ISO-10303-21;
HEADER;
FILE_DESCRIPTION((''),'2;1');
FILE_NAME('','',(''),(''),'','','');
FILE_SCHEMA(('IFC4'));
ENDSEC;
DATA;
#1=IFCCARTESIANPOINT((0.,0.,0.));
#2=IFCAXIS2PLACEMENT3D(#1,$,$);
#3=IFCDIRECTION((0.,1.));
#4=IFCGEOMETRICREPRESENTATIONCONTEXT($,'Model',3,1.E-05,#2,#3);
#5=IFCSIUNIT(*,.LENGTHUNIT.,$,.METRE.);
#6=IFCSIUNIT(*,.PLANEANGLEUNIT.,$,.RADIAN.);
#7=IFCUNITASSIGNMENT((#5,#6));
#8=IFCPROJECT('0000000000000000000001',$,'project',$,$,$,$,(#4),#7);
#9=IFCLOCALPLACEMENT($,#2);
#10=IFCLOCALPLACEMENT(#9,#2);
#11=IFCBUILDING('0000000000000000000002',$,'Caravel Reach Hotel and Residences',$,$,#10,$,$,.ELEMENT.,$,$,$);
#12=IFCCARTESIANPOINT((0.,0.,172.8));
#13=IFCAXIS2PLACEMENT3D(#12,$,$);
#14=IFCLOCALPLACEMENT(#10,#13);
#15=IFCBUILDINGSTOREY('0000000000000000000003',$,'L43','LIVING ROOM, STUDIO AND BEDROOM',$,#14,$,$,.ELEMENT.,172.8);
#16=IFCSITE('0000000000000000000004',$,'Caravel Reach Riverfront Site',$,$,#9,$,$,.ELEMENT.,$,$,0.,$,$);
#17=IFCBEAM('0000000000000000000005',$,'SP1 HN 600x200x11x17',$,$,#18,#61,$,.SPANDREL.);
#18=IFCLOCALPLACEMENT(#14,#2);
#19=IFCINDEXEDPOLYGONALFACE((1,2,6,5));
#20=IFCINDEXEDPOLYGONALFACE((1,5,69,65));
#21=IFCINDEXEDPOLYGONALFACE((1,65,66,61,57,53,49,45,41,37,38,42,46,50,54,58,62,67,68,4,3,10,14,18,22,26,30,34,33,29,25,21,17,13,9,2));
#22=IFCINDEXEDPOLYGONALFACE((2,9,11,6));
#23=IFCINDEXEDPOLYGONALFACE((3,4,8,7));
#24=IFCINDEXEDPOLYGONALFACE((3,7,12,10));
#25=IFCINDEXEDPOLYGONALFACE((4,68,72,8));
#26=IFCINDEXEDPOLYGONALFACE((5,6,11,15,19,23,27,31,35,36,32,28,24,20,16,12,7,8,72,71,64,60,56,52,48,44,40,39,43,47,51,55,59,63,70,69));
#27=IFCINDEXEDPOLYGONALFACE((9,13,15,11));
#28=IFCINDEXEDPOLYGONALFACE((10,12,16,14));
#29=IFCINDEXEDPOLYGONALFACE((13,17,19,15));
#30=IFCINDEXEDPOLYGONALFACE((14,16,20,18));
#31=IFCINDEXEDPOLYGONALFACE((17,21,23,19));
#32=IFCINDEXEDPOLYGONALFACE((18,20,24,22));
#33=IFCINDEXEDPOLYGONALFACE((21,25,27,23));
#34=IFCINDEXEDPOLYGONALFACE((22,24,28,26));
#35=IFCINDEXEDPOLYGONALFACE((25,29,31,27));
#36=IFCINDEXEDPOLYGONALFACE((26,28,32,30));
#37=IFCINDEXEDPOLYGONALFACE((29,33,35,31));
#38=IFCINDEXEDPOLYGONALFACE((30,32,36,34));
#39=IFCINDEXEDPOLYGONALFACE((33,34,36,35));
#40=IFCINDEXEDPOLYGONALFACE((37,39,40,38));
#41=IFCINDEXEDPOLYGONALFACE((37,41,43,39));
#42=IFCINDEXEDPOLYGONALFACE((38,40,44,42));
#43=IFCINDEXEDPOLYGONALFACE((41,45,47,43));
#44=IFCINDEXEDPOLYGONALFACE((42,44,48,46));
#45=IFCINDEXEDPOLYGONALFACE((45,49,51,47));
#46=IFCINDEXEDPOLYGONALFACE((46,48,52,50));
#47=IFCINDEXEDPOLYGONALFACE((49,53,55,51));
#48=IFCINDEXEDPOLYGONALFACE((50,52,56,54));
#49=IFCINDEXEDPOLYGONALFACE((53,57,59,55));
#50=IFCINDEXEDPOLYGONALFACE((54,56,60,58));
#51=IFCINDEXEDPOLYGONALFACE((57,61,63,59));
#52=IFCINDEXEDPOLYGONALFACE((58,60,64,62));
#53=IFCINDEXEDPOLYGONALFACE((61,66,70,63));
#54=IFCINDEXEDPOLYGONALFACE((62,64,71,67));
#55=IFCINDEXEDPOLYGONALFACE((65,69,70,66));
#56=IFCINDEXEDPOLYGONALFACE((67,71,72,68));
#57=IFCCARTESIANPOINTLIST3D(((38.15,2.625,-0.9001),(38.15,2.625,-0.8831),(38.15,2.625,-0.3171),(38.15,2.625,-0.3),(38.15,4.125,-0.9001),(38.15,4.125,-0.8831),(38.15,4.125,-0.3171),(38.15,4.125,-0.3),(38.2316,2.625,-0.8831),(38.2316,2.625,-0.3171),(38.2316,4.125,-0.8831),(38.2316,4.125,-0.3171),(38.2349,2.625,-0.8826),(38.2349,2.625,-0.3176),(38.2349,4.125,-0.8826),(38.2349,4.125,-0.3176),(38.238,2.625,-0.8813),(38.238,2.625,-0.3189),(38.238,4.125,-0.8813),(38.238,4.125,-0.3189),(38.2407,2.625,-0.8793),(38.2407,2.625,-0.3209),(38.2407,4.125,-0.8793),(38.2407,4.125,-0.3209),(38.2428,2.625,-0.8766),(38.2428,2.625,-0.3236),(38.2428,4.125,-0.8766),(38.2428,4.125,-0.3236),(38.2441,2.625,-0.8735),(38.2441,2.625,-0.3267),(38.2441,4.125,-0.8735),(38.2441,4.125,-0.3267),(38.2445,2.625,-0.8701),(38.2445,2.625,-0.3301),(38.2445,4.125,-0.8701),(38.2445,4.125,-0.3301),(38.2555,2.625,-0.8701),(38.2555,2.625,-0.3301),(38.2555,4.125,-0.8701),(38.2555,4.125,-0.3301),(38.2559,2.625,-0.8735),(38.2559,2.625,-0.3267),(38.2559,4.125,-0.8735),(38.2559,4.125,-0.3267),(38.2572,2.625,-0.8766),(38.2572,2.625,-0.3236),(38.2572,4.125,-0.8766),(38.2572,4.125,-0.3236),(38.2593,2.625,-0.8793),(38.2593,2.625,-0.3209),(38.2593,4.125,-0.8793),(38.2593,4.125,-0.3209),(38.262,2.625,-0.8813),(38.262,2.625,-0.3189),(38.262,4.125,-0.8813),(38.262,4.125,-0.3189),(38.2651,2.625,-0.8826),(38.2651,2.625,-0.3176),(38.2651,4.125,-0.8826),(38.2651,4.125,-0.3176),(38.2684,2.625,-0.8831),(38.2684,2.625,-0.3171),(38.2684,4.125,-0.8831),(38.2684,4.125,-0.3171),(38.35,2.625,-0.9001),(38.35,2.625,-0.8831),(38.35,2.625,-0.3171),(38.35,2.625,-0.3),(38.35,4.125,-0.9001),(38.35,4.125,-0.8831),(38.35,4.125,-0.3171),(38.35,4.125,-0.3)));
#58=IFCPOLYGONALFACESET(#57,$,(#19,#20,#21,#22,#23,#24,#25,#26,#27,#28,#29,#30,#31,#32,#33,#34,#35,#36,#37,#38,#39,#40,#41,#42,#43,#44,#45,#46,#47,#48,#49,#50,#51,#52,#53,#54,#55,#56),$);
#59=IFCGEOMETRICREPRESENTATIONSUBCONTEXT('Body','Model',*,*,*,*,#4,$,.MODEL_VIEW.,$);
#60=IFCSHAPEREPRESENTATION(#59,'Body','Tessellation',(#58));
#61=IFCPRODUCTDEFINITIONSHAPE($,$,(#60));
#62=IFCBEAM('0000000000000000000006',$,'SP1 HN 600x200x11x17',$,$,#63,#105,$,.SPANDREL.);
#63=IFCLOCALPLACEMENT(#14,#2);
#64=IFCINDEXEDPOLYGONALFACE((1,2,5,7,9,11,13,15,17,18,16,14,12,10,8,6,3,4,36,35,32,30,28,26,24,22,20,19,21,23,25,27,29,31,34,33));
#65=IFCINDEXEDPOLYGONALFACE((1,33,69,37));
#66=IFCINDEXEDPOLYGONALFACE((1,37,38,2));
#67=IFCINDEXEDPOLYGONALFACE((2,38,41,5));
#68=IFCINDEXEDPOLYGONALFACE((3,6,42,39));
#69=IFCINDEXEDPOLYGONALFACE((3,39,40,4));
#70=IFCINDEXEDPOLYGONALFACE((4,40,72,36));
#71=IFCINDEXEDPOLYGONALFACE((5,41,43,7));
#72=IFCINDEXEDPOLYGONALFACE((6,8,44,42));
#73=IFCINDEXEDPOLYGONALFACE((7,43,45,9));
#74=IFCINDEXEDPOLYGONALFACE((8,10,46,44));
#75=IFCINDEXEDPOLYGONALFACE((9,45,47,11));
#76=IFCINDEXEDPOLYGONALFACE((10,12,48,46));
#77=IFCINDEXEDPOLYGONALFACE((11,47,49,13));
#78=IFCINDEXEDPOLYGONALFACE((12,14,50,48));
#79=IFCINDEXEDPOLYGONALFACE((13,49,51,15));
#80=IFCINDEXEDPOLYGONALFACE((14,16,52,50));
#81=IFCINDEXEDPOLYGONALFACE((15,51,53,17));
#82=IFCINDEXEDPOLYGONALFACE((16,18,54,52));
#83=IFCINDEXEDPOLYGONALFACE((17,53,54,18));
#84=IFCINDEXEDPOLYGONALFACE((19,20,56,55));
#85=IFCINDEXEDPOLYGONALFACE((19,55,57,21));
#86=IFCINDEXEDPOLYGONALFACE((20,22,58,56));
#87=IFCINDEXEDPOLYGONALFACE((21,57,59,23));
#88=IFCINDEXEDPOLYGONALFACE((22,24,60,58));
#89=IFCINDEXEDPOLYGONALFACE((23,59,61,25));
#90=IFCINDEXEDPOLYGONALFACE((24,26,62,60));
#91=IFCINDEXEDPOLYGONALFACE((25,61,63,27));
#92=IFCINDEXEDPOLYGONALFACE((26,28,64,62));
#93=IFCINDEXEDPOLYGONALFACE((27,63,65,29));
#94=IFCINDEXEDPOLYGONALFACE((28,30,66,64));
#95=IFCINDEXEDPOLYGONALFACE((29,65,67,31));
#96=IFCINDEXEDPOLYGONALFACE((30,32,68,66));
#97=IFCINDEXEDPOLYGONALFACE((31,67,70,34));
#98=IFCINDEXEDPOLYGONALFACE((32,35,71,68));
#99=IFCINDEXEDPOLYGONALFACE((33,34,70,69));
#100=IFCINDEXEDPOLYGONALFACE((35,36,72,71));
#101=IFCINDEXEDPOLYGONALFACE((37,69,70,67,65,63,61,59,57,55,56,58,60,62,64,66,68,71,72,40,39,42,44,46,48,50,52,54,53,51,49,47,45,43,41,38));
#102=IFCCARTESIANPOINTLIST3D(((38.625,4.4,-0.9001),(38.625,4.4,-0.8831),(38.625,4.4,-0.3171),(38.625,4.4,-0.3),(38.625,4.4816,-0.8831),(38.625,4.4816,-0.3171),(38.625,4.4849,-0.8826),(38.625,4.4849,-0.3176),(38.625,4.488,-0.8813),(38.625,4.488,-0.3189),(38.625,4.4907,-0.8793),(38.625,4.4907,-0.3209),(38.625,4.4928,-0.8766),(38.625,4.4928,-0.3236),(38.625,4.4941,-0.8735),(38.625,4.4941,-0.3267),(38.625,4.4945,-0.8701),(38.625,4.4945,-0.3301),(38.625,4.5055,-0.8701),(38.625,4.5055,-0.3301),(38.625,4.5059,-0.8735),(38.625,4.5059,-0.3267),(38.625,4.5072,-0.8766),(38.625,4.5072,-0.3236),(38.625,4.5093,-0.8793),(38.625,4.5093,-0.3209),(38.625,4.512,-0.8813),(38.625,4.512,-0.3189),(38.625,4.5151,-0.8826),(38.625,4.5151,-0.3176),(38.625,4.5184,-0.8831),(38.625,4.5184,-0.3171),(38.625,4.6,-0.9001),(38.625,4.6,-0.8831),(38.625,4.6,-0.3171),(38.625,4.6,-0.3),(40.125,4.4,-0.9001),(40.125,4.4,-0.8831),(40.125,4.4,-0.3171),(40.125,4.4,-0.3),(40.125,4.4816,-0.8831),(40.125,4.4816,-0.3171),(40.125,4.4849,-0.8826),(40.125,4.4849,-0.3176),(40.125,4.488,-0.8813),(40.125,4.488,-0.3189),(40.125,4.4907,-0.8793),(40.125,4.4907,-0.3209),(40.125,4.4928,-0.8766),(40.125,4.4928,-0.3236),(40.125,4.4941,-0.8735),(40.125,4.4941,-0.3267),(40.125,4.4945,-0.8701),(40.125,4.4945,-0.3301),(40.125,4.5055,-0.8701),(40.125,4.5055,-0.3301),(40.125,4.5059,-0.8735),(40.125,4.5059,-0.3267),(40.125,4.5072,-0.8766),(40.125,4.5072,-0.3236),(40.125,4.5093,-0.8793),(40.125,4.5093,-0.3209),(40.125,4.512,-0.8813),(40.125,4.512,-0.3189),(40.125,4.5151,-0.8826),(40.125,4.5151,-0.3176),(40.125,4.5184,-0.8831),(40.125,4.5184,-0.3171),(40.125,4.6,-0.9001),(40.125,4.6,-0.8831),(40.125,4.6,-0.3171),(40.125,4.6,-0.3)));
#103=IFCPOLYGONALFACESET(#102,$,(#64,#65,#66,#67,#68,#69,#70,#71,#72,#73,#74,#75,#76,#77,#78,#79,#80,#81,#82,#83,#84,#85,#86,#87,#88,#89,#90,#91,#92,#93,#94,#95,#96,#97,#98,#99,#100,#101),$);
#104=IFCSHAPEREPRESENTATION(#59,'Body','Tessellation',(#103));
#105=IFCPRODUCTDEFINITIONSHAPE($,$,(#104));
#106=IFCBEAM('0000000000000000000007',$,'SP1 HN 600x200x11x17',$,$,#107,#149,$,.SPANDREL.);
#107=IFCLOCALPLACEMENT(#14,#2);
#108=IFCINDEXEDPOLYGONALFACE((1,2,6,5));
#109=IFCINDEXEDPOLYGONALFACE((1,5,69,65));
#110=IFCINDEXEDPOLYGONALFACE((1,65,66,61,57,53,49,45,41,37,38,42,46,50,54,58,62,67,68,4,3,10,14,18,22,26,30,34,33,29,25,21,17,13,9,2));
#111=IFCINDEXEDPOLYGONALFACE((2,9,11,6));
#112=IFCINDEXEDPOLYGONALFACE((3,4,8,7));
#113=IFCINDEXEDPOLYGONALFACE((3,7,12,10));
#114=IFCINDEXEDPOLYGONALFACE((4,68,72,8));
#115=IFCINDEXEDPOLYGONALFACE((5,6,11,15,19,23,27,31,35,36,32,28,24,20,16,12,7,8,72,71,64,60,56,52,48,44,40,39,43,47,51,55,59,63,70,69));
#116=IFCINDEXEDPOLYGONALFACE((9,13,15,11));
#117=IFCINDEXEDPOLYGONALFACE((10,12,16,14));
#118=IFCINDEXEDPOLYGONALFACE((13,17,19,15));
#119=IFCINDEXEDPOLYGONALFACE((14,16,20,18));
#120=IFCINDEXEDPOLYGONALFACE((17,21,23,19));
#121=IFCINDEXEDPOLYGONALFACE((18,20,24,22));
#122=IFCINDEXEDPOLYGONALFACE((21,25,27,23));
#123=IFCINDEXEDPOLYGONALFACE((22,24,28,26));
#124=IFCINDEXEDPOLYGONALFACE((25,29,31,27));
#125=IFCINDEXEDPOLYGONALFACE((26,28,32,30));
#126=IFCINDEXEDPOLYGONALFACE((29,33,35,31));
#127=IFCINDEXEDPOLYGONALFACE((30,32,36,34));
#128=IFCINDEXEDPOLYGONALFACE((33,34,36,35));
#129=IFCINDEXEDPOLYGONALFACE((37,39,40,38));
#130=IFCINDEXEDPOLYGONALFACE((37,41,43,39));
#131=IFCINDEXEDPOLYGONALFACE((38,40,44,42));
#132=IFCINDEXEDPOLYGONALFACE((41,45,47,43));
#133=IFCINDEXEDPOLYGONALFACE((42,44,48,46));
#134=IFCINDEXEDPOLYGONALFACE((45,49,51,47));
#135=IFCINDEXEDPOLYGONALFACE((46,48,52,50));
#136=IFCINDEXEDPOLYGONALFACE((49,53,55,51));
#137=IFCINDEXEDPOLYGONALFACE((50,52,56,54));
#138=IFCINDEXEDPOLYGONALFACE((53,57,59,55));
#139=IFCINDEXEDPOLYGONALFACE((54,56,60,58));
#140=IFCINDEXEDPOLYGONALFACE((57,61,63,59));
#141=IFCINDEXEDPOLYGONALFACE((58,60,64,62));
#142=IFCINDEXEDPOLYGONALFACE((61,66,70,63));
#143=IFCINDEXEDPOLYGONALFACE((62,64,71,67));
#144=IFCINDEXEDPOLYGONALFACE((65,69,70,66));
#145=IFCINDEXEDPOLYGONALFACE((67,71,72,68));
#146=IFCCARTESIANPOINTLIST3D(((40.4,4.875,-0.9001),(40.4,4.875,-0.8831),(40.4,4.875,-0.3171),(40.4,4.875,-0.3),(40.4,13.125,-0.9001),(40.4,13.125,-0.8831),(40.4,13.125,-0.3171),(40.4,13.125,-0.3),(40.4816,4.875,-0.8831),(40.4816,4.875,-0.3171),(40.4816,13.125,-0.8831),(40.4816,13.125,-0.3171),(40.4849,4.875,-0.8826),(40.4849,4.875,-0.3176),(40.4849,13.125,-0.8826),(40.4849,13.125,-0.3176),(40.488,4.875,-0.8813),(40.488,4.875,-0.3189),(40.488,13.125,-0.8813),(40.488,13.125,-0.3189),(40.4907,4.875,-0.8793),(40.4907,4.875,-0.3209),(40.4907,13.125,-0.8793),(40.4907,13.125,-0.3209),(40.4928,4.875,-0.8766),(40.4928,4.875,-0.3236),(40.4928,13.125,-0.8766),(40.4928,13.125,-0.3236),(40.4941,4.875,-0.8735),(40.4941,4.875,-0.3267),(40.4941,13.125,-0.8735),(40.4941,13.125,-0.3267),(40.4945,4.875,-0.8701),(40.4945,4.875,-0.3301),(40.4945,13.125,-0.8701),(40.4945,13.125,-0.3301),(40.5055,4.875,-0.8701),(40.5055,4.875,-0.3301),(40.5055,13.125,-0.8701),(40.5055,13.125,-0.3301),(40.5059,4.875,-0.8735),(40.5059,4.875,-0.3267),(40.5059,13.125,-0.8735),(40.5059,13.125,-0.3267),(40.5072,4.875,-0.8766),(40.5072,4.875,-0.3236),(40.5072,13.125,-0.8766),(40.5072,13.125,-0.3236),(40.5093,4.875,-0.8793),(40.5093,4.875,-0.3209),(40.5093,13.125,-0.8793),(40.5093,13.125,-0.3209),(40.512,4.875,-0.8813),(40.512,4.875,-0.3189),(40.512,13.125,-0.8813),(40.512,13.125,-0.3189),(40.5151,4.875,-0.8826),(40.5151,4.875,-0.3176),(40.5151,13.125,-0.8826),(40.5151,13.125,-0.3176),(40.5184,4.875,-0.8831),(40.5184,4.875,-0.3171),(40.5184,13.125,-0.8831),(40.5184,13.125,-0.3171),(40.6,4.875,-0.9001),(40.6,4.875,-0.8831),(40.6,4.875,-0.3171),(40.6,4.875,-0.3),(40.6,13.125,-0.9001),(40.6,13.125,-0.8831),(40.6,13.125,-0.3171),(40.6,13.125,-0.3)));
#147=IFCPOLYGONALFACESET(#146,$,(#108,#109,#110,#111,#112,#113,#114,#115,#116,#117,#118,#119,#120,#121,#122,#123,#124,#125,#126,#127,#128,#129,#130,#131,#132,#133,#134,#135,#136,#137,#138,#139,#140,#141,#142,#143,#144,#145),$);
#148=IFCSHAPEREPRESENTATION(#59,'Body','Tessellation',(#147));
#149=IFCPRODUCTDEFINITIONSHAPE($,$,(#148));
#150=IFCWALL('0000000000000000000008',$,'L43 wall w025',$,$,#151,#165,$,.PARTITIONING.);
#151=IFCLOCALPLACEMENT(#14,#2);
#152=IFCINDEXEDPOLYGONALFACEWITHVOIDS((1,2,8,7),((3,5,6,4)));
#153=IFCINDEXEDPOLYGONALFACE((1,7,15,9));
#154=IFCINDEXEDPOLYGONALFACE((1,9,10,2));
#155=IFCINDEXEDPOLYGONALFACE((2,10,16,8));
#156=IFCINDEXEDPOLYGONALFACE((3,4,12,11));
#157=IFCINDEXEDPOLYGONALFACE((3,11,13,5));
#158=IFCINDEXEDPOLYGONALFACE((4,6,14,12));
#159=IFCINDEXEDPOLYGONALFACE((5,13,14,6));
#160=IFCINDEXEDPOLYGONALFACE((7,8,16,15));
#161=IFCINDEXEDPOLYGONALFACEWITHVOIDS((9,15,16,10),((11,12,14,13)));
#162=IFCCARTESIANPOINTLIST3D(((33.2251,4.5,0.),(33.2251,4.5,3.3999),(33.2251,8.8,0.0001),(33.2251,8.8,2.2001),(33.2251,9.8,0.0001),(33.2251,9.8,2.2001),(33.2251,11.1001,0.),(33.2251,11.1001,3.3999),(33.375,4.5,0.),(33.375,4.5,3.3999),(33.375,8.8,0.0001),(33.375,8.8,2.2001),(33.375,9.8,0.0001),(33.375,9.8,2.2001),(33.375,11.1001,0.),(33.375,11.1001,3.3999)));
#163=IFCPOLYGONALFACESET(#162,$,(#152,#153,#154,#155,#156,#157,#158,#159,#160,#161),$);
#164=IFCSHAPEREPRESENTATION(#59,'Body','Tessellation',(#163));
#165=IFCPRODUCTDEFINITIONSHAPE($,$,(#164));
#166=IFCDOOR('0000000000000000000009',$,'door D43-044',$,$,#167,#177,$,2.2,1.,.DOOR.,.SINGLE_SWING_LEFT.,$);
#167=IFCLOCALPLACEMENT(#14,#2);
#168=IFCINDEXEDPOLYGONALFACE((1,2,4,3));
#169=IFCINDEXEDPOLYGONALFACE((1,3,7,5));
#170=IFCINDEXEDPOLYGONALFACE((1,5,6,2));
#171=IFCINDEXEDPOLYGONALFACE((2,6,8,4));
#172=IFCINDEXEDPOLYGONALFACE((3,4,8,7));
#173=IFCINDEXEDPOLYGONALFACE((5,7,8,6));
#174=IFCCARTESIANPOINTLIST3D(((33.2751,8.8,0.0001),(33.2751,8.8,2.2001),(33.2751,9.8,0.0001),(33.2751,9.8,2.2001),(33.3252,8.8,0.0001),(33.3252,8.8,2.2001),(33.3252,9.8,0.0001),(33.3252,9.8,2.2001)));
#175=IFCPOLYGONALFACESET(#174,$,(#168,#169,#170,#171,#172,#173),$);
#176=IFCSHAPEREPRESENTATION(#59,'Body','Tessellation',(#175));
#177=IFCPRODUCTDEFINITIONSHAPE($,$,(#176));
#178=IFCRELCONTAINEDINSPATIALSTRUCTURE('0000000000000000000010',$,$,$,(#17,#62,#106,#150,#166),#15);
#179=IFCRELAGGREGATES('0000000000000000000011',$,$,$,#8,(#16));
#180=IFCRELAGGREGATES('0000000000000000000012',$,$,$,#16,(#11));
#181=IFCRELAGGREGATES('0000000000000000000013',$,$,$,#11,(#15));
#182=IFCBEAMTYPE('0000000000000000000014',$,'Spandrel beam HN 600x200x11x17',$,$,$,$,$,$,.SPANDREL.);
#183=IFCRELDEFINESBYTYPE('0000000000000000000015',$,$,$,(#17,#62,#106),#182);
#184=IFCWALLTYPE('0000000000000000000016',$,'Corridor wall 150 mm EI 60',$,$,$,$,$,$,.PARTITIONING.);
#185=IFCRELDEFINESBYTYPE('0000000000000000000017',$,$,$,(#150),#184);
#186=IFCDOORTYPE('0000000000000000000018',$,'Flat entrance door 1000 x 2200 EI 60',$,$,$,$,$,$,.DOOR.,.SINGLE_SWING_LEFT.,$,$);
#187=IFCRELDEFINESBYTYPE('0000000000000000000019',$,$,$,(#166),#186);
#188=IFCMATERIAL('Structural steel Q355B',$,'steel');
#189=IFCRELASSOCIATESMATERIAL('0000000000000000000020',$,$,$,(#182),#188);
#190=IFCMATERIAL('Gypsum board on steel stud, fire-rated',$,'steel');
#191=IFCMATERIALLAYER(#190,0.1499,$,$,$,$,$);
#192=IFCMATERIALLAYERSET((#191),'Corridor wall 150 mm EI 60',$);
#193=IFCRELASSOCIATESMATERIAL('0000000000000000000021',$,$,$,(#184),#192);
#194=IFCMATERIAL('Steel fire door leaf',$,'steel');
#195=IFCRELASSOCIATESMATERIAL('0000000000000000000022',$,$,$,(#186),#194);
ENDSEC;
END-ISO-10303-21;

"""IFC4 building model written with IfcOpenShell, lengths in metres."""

from ifc_helpers import new_model, si_unit, direction, frame, frame_2d, origin, origin_2d, place, context, subcontext, project, spatial, rectangle, i_section, extrude, material, layer, layer_set, material_profile, profile_set, type_object, element, fill, save


model = new_model("IFC4")

# Units and contexts
model_context = context("Model", 3, precision=1e-05, world=origin(), true_north=direction((0.0, 1.0)))
body_context = subcontext(model_context, "Body", "Model", "MODEL_VIEW")
ifc_project = project(units=[si_unit("LENGTHUNIT", "METRE"), si_unit("PLANEANGLEUNIT", "RADIAN")], contexts=[model_context])

# Site, building, storey
site_placement = place(None, origin())
site = spatial("IfcSite", under=ifc_project, at=site_placement, Name="Caravel Reach Riverfront Site", CompositionType="ELEMENT", RefElevation=0.0)
building_placement = place(site_placement, origin())
building = spatial("IfcBuilding", under=site, at=building_placement, Name="Caravel Reach Hotel and Residences", CompositionType="ELEMENT")
storey_placement = place(building_placement, frame((0.0, 0.0, 172.8)))
storey = spatial("IfcBuildingStorey", under=building, at=storey_placement, Name="L43", Description="LIVING ROOM, STUDIO AND BEDROOM", CompositionType="ELEMENT", Elevation=172.8)

# Beams
ifc_material_1 = material(Name="Structural steel Q355B", Category="steel")
ifc_material_profile_1 = material_profile(ifc_material_1, i_section(OverallWidth=0.2, OverallDepth=0.6001, WebThickness=0.011, FlangeThickness=0.0171, FilletRadius=0.0129, at=origin_2d()), Name="HN 600x200x11x17")
ifc_profile_set_1 = profile_set([ifc_material_profile_1], Name="Structural steel Q355B")
beam_type = type_object("IfcBeamType", Name="Spandrel beam HN 600x200x11x17", PredefinedType="SPANDREL", material=ifc_profile_set_1)
for number, where, z_axis, x_axis, name in (
    (1, (38.25, 2.625, -0.6001), (0.0, 1.0, 0.0), (-1.0, 0.0, 0.0), "SP1 HN 600x200x11x17"),
    (2, (38.625, 4.5, -0.6001), (1.0, 0.0, 0.0), (0.0, 1.0, 0.0), "SP1 HN 600x200x11x17"),
):
    element("IfcBeam", number, at=place(storey_placement, frame(where, z_axis=z_axis, x_axis=x_axis)), inside=storey, type_object=beam_type, Name=name, PredefinedType="SPANDREL", context=body_context, shape_type="SweptSolid", body=[
        extrude(i_section(OverallWidth=0.2, OverallDepth=0.6001, WebThickness=0.011, FlangeThickness=0.0171, FilletRadius=0.0129, at=origin_2d()), origin(), (0.0, 0.0, 1.0), 1.5),
    ])
beam_placement = place(storey_placement, frame((40.5, 4.875, -0.6001), z_axis=(0.0, 1.0, 0.0), x_axis=(-1.0, 0.0, 0.0)))
element("IfcBeam", 3, at=beam_placement, inside=storey, type_object=beam_type, Name="SP1 HN 600x200x11x17", PredefinedType="SPANDREL", context=body_context, shape_type="SweptSolid", body=[
    extrude(i_section(OverallWidth=0.2, OverallDepth=0.6001, WebThickness=0.011, FlangeThickness=0.0171, FilletRadius=0.0129, at=origin_2d()), origin(), (0.0, 0.0, 1.0), 8.25),
])

# Wall, opening, door
ifc_material_2 = material(Name="Gypsum board on steel stud, fire-rated", Category="steel")
ifc_layer_1 = layer(ifc_material_2, 0.1499)
ifc_layer_set_1 = layer_set([ifc_layer_1], Name="Corridor wall 150 mm EI 60")
wall_type_1 = type_object("IfcWallType", Name="Corridor wall 150 mm EI 60", PredefinedType="PARTITIONING", material=ifc_layer_set_1)
wall_1_placement = place(storey_placement, frame((33.3, 4.5, 0.0), z_axis=(0.0, 0.0, 1.0), x_axis=(0.0, 1.0, 0.0)))
wall_1 = element("IfcWall", 4, at=wall_1_placement, inside=storey, type_object=wall_type_1, Name="L43 wall w025", PredefinedType="PARTITIONING", context=body_context, shape_type="SweptSolid", body=[
    extrude(rectangle(XDim=6.6001, YDim=0.1499, at=frame_2d((3.3, 0.0))), origin(), (0.0, 0.0, 1.0), 3.3999),
])
opening_1_placement = place(wall_1_placement, frame((4.3, 0.0, 0.0)))
opening_1 = element("IfcOpeningElement", 5, at=opening_1_placement, cuts=wall_1, PredefinedType="OPENING", context=body_context, shape_type="SweptSolid", body=[
    extrude(rectangle(XDim=1.0, YDim=2.2, at=frame_2d((0.5, 1.1001))), frame((0.0, 0.085, 0.0), z_axis=(0.0, -1.0, 0.0), x_axis=(1.0, 0.0, 0.0)), (0.0, 0.0, 1.0), 0.1699),
])
ifc_material_3 = material(Name="Steel fire door leaf", Category="steel")
door_type_1 = type_object("IfcDoorType", Name="Flat entrance door 1000 x 2200 EI 60", OperationType="SINGLE_SWING_LEFT", PredefinedType="DOOR", material=ifc_material_3)
door_1_placement = place(opening_1_placement, origin())
door_1 = element("IfcDoor", 6, at=door_1_placement, inside=storey, type_object=door_type_1, Name="door D43-044", OperationType="SINGLE_SWING_LEFT", OverallHeight=2.2, OverallWidth=1.0, PredefinedType="DOOR", context=body_context, shape_type="SweptSolid", body=[
    extrude(rectangle(XDim=1.0, YDim=2.2, at=frame_2d((0.5, 1.1001))), frame((0.0, 0.0249, 0.0), z_axis=(0.0, -1.0, 0.0), x_axis=(1.0, 0.0, 0.0)), (0.0, 0.0, 1.0), 0.05),
])
fill(opening_1, door_1)

save(model, "model.ifc")
